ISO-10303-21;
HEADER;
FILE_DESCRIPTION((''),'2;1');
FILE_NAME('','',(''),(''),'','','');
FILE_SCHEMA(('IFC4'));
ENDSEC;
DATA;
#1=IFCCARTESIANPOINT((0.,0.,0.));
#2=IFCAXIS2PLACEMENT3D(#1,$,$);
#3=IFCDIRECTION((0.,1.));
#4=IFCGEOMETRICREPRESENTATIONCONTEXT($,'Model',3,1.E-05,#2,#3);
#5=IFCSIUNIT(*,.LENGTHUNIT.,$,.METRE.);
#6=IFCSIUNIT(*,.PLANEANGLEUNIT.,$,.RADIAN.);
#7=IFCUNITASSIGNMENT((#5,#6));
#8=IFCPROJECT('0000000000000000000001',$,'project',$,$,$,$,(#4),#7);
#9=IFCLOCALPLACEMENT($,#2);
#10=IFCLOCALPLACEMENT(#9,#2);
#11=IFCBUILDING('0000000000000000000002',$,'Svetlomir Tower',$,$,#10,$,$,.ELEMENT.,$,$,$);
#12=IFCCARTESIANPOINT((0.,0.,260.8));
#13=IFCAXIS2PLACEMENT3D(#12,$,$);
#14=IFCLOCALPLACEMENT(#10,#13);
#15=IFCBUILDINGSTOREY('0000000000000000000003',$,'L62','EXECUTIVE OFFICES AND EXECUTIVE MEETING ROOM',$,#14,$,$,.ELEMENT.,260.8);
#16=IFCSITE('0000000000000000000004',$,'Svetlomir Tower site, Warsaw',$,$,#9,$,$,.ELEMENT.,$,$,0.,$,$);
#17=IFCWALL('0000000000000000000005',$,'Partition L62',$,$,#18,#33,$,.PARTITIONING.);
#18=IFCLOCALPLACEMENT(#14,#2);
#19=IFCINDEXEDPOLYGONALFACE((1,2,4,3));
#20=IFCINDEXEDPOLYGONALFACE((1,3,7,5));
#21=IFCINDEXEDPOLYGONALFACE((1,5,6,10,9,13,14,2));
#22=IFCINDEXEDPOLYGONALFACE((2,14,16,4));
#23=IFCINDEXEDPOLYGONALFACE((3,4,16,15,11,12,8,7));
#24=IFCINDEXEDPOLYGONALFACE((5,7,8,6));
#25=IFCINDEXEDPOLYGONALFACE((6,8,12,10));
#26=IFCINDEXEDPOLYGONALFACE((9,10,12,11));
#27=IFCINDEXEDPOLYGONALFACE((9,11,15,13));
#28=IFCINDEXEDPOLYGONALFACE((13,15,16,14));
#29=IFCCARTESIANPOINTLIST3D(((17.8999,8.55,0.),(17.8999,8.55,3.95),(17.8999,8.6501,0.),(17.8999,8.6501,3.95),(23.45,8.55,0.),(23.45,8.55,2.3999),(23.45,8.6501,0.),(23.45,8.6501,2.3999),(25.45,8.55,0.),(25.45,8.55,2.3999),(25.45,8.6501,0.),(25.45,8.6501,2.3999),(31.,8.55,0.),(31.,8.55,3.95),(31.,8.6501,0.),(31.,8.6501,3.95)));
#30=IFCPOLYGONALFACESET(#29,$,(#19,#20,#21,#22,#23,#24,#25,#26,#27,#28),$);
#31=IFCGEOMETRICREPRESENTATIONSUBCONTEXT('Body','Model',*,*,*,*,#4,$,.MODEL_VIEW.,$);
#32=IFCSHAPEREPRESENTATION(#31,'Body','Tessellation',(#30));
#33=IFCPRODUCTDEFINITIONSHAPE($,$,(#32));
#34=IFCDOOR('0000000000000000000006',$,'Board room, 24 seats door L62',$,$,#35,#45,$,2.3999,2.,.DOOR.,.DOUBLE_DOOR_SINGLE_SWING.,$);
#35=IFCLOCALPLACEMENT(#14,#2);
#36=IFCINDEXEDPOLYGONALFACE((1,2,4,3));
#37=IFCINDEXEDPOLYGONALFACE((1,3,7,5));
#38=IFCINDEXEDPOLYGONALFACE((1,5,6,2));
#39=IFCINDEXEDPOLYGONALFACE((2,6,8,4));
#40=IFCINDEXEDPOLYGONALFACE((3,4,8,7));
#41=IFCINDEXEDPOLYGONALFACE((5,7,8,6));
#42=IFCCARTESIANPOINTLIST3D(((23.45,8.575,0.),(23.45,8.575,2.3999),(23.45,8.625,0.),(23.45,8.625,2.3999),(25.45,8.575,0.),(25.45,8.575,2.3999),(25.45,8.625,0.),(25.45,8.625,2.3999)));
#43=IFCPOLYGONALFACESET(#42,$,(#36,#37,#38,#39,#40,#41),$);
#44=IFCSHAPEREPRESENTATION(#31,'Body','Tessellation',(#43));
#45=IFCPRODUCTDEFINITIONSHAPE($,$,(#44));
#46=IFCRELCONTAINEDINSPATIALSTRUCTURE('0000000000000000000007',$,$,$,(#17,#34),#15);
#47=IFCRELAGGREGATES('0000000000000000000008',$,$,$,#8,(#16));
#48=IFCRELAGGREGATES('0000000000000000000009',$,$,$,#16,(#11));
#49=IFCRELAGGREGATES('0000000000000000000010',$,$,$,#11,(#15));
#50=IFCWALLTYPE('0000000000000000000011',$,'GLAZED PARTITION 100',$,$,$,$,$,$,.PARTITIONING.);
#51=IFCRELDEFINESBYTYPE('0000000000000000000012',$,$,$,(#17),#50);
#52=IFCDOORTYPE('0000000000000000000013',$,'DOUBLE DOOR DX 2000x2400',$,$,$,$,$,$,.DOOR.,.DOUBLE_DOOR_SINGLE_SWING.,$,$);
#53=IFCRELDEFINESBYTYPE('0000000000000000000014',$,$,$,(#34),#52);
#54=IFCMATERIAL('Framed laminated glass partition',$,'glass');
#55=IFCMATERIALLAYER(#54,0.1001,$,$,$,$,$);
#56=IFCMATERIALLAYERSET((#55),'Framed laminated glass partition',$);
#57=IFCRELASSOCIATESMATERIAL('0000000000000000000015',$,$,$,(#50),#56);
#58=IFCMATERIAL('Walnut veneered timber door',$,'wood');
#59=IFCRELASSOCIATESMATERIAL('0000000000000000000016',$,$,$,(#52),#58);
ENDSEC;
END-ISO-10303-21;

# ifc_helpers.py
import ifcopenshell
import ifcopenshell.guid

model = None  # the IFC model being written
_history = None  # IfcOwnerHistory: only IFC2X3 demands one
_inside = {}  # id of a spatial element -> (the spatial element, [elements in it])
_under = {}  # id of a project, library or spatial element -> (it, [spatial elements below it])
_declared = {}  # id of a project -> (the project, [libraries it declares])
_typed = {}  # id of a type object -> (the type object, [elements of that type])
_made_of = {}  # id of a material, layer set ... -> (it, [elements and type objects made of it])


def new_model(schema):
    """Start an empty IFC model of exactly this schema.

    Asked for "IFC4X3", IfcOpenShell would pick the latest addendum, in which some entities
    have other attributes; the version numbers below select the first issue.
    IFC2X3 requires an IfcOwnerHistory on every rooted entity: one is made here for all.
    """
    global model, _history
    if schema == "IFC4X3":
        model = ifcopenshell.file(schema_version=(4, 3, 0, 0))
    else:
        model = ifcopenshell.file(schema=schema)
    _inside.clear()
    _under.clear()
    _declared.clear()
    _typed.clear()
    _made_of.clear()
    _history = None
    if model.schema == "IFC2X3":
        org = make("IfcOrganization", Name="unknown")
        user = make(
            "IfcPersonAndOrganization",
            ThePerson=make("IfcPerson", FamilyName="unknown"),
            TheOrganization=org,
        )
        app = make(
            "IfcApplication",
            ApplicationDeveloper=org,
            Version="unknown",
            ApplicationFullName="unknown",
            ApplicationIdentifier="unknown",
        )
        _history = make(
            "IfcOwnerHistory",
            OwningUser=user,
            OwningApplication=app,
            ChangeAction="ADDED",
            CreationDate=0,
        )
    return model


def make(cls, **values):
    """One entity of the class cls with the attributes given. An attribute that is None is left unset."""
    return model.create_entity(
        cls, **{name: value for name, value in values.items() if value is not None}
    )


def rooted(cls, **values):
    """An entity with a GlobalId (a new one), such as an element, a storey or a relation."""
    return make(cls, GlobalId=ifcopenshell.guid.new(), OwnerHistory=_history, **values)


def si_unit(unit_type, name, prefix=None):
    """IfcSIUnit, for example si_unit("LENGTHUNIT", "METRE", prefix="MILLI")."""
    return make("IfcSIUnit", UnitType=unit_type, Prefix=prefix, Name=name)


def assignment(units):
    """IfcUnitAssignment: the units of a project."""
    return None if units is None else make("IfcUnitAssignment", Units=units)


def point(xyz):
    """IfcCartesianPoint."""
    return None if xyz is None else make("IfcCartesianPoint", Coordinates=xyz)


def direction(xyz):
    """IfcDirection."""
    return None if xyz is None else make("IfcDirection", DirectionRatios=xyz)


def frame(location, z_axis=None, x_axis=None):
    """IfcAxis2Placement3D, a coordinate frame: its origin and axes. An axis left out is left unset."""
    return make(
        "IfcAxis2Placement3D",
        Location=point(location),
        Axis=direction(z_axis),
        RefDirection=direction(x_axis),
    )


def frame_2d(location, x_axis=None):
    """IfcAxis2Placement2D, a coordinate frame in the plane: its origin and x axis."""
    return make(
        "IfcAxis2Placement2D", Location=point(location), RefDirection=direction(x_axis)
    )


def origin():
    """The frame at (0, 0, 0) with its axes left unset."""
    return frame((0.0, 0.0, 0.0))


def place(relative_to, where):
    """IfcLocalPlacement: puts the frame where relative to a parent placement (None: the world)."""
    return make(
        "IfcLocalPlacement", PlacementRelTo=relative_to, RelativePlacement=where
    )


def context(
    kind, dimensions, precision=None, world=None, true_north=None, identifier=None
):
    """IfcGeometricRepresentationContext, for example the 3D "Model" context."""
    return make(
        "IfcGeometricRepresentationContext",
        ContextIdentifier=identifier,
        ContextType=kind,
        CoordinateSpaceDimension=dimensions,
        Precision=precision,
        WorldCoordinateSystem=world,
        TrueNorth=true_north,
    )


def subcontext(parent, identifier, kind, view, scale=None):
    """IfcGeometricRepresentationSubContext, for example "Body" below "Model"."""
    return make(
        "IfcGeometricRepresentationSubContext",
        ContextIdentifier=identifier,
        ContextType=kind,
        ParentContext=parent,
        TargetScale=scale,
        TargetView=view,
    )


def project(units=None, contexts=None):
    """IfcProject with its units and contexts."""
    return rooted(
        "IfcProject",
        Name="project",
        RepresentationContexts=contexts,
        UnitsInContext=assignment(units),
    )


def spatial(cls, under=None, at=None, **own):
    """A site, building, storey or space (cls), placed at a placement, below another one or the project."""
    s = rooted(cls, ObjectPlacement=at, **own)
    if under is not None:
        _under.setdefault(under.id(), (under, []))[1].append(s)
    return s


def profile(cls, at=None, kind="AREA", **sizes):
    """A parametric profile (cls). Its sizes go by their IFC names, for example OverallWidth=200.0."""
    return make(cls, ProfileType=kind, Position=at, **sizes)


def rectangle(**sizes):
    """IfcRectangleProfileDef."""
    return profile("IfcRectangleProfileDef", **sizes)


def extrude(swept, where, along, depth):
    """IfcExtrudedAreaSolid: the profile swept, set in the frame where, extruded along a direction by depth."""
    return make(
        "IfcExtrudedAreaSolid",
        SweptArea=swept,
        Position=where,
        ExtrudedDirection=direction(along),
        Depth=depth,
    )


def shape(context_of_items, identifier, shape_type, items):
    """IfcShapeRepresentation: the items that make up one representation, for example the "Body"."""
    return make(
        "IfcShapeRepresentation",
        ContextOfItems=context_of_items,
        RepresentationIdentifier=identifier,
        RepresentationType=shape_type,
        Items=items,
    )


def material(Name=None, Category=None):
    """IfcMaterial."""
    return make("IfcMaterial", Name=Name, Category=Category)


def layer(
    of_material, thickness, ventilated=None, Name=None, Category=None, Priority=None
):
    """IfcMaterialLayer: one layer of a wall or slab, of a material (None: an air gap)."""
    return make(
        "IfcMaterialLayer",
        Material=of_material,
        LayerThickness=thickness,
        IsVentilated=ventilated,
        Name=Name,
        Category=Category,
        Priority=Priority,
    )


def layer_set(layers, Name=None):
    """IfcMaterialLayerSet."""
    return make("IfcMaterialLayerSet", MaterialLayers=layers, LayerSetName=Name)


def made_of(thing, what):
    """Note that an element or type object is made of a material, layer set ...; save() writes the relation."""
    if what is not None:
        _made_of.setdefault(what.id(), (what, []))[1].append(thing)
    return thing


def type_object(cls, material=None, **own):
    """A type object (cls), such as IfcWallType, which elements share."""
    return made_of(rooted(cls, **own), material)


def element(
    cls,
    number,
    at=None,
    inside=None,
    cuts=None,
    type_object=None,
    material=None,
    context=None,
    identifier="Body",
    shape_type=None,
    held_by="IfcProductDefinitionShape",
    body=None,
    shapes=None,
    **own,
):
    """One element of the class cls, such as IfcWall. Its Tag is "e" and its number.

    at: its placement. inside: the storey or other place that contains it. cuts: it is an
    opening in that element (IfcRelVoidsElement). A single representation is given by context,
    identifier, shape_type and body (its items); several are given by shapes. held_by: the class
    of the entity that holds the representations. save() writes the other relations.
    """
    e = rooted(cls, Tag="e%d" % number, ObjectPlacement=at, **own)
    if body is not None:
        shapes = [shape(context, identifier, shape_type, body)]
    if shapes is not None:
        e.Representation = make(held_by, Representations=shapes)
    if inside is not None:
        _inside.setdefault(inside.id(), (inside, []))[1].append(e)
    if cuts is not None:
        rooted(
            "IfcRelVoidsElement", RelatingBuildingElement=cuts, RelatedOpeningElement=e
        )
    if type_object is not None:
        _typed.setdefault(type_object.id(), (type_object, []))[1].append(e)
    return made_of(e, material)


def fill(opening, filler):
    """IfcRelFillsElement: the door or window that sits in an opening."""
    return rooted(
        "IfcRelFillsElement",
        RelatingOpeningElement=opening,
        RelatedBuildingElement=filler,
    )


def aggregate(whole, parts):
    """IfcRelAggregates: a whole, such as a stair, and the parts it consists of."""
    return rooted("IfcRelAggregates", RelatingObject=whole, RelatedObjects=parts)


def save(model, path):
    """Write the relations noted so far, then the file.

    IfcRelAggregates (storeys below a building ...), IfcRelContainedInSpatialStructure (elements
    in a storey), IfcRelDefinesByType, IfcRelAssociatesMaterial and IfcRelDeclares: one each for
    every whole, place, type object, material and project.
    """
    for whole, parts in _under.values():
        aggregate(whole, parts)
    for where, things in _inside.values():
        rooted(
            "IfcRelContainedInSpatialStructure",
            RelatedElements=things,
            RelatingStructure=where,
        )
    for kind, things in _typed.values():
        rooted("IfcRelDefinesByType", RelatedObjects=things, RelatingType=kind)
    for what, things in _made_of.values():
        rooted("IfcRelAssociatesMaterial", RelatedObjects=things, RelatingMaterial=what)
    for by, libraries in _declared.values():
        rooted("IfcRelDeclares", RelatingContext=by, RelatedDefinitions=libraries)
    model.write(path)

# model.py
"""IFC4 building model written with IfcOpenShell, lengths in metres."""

from ifc_helpers import new_model, si_unit, direction, frame, frame_2d, origin, place, context, subcontext, project, spatial, rectangle, extrude, material, layer, layer_set, type_object, element, fill, save


model = new_model("IFC4")

# Units and contexts
model_context = context("Model", 3, precision=1e-05, world=origin(), true_north=direction((0.0, 1.0)))
body_context = subcontext(model_context, "Body", "Model", "MODEL_VIEW")
ifc_project = project(units=[si_unit("LENGTHUNIT", "METRE"), si_unit("PLANEANGLEUNIT", "RADIAN")], contexts=[model_context])

# Site, building, storey
site_placement = place(None, origin())
site = spatial("IfcSite", under=ifc_project, at=site_placement, Name="Svetlomir Tower site, Warsaw", CompositionType="ELEMENT", RefElevation=0.0)
building_placement = place(site_placement, origin())
building = spatial("IfcBuilding", under=site, at=building_placement, Name="Svetlomir Tower", CompositionType="ELEMENT")
storey_placement = place(building_placement, frame((0.0, 0.0, 260.8)))
storey = spatial("IfcBuildingStorey", under=building, at=storey_placement, Name="L62", Description="EXECUTIVE OFFICES AND EXECUTIVE MEETING ROOM", CompositionType="ELEMENT", Elevation=260.8)

# Shared definitions
ifc_material_1 = material(Name="Framed laminated glass partition", Category="glass")
ifc_layer_1 = layer(ifc_material_1, 0.1001)
ifc_layer_set_1 = layer_set([ifc_layer_1], Name="Framed laminated glass partition")
wall_type_1 = type_object("IfcWallType", Name="GLAZED PARTITION 100", PredefinedType="PARTITIONING", material=ifc_layer_set_1)

# Wall, opening, door
wall_1_placement = place(storey_placement, frame((17.8999, 8.6001, 0.0), z_axis=(0.0, 0.0, 1.0), x_axis=(1.0, 0.0, 0.0)))
wall_1 = element("IfcWall", 1, at=wall_1_placement, inside=storey, type_object=wall_type_1, Name="Partition L62", PredefinedType="PARTITIONING", context=body_context, shape_type="SweptSolid", body=[
    extrude(rectangle(XDim=13.1001, YDim=0.1001, at=frame_2d((6.55, 0.0))), origin(), (0.0, 0.0, 1.0), 3.95),
])
opening_1_placement = place(wall_1_placement, frame((5.55, 0.0, 0.0)))
opening_1 = element("IfcOpeningElement", 2, at=opening_1_placement, cuts=wall_1, PredefinedType="OPENING", context=body_context, shape_type="SweptSolid", body=[
    extrude(rectangle(XDim=2.0, YDim=2.3999, at=frame_2d((1.0, 1.2))), frame((0.0, 0.0601, 0.0), z_axis=(0.0, -1.0, 0.0), x_axis=(1.0, 0.0, 0.0)), (0.0, 0.0, 1.0), 0.1201),
])
ifc_material_2 = material(Name="Walnut veneered timber door", Category="wood")
door_type_1 = type_object("IfcDoorType", Name="DOUBLE DOOR DX 2000x2400", OperationType="DOUBLE_DOOR_SINGLE_SWING", PredefinedType="DOOR", material=ifc_material_2)
door_1_placement = place(opening_1_placement, origin())
door_1 = element("IfcDoor", 3, at=door_1_placement, inside=storey, type_object=door_type_1, Name="Board room, 24 seats door L62", OperationType="DOUBLE_DOOR_SINGLE_SWING", OverallHeight=2.3999, OverallWidth=2.0, PredefinedType="DOOR", context=body_context, shape_type="SweptSolid", body=[
    extrude(rectangle(XDim=2.0, YDim=2.3999, at=frame_2d((1.0, 1.2))), frame((0.0, 0.0249, 0.0), z_axis=(0.0, -1.0, 0.0), x_axis=(1.0, 0.0, 0.0)), (0.0, 0.0, 1.0), 0.05),
])
fill(opening_1, door_1)

save(model, "model.ifc")
